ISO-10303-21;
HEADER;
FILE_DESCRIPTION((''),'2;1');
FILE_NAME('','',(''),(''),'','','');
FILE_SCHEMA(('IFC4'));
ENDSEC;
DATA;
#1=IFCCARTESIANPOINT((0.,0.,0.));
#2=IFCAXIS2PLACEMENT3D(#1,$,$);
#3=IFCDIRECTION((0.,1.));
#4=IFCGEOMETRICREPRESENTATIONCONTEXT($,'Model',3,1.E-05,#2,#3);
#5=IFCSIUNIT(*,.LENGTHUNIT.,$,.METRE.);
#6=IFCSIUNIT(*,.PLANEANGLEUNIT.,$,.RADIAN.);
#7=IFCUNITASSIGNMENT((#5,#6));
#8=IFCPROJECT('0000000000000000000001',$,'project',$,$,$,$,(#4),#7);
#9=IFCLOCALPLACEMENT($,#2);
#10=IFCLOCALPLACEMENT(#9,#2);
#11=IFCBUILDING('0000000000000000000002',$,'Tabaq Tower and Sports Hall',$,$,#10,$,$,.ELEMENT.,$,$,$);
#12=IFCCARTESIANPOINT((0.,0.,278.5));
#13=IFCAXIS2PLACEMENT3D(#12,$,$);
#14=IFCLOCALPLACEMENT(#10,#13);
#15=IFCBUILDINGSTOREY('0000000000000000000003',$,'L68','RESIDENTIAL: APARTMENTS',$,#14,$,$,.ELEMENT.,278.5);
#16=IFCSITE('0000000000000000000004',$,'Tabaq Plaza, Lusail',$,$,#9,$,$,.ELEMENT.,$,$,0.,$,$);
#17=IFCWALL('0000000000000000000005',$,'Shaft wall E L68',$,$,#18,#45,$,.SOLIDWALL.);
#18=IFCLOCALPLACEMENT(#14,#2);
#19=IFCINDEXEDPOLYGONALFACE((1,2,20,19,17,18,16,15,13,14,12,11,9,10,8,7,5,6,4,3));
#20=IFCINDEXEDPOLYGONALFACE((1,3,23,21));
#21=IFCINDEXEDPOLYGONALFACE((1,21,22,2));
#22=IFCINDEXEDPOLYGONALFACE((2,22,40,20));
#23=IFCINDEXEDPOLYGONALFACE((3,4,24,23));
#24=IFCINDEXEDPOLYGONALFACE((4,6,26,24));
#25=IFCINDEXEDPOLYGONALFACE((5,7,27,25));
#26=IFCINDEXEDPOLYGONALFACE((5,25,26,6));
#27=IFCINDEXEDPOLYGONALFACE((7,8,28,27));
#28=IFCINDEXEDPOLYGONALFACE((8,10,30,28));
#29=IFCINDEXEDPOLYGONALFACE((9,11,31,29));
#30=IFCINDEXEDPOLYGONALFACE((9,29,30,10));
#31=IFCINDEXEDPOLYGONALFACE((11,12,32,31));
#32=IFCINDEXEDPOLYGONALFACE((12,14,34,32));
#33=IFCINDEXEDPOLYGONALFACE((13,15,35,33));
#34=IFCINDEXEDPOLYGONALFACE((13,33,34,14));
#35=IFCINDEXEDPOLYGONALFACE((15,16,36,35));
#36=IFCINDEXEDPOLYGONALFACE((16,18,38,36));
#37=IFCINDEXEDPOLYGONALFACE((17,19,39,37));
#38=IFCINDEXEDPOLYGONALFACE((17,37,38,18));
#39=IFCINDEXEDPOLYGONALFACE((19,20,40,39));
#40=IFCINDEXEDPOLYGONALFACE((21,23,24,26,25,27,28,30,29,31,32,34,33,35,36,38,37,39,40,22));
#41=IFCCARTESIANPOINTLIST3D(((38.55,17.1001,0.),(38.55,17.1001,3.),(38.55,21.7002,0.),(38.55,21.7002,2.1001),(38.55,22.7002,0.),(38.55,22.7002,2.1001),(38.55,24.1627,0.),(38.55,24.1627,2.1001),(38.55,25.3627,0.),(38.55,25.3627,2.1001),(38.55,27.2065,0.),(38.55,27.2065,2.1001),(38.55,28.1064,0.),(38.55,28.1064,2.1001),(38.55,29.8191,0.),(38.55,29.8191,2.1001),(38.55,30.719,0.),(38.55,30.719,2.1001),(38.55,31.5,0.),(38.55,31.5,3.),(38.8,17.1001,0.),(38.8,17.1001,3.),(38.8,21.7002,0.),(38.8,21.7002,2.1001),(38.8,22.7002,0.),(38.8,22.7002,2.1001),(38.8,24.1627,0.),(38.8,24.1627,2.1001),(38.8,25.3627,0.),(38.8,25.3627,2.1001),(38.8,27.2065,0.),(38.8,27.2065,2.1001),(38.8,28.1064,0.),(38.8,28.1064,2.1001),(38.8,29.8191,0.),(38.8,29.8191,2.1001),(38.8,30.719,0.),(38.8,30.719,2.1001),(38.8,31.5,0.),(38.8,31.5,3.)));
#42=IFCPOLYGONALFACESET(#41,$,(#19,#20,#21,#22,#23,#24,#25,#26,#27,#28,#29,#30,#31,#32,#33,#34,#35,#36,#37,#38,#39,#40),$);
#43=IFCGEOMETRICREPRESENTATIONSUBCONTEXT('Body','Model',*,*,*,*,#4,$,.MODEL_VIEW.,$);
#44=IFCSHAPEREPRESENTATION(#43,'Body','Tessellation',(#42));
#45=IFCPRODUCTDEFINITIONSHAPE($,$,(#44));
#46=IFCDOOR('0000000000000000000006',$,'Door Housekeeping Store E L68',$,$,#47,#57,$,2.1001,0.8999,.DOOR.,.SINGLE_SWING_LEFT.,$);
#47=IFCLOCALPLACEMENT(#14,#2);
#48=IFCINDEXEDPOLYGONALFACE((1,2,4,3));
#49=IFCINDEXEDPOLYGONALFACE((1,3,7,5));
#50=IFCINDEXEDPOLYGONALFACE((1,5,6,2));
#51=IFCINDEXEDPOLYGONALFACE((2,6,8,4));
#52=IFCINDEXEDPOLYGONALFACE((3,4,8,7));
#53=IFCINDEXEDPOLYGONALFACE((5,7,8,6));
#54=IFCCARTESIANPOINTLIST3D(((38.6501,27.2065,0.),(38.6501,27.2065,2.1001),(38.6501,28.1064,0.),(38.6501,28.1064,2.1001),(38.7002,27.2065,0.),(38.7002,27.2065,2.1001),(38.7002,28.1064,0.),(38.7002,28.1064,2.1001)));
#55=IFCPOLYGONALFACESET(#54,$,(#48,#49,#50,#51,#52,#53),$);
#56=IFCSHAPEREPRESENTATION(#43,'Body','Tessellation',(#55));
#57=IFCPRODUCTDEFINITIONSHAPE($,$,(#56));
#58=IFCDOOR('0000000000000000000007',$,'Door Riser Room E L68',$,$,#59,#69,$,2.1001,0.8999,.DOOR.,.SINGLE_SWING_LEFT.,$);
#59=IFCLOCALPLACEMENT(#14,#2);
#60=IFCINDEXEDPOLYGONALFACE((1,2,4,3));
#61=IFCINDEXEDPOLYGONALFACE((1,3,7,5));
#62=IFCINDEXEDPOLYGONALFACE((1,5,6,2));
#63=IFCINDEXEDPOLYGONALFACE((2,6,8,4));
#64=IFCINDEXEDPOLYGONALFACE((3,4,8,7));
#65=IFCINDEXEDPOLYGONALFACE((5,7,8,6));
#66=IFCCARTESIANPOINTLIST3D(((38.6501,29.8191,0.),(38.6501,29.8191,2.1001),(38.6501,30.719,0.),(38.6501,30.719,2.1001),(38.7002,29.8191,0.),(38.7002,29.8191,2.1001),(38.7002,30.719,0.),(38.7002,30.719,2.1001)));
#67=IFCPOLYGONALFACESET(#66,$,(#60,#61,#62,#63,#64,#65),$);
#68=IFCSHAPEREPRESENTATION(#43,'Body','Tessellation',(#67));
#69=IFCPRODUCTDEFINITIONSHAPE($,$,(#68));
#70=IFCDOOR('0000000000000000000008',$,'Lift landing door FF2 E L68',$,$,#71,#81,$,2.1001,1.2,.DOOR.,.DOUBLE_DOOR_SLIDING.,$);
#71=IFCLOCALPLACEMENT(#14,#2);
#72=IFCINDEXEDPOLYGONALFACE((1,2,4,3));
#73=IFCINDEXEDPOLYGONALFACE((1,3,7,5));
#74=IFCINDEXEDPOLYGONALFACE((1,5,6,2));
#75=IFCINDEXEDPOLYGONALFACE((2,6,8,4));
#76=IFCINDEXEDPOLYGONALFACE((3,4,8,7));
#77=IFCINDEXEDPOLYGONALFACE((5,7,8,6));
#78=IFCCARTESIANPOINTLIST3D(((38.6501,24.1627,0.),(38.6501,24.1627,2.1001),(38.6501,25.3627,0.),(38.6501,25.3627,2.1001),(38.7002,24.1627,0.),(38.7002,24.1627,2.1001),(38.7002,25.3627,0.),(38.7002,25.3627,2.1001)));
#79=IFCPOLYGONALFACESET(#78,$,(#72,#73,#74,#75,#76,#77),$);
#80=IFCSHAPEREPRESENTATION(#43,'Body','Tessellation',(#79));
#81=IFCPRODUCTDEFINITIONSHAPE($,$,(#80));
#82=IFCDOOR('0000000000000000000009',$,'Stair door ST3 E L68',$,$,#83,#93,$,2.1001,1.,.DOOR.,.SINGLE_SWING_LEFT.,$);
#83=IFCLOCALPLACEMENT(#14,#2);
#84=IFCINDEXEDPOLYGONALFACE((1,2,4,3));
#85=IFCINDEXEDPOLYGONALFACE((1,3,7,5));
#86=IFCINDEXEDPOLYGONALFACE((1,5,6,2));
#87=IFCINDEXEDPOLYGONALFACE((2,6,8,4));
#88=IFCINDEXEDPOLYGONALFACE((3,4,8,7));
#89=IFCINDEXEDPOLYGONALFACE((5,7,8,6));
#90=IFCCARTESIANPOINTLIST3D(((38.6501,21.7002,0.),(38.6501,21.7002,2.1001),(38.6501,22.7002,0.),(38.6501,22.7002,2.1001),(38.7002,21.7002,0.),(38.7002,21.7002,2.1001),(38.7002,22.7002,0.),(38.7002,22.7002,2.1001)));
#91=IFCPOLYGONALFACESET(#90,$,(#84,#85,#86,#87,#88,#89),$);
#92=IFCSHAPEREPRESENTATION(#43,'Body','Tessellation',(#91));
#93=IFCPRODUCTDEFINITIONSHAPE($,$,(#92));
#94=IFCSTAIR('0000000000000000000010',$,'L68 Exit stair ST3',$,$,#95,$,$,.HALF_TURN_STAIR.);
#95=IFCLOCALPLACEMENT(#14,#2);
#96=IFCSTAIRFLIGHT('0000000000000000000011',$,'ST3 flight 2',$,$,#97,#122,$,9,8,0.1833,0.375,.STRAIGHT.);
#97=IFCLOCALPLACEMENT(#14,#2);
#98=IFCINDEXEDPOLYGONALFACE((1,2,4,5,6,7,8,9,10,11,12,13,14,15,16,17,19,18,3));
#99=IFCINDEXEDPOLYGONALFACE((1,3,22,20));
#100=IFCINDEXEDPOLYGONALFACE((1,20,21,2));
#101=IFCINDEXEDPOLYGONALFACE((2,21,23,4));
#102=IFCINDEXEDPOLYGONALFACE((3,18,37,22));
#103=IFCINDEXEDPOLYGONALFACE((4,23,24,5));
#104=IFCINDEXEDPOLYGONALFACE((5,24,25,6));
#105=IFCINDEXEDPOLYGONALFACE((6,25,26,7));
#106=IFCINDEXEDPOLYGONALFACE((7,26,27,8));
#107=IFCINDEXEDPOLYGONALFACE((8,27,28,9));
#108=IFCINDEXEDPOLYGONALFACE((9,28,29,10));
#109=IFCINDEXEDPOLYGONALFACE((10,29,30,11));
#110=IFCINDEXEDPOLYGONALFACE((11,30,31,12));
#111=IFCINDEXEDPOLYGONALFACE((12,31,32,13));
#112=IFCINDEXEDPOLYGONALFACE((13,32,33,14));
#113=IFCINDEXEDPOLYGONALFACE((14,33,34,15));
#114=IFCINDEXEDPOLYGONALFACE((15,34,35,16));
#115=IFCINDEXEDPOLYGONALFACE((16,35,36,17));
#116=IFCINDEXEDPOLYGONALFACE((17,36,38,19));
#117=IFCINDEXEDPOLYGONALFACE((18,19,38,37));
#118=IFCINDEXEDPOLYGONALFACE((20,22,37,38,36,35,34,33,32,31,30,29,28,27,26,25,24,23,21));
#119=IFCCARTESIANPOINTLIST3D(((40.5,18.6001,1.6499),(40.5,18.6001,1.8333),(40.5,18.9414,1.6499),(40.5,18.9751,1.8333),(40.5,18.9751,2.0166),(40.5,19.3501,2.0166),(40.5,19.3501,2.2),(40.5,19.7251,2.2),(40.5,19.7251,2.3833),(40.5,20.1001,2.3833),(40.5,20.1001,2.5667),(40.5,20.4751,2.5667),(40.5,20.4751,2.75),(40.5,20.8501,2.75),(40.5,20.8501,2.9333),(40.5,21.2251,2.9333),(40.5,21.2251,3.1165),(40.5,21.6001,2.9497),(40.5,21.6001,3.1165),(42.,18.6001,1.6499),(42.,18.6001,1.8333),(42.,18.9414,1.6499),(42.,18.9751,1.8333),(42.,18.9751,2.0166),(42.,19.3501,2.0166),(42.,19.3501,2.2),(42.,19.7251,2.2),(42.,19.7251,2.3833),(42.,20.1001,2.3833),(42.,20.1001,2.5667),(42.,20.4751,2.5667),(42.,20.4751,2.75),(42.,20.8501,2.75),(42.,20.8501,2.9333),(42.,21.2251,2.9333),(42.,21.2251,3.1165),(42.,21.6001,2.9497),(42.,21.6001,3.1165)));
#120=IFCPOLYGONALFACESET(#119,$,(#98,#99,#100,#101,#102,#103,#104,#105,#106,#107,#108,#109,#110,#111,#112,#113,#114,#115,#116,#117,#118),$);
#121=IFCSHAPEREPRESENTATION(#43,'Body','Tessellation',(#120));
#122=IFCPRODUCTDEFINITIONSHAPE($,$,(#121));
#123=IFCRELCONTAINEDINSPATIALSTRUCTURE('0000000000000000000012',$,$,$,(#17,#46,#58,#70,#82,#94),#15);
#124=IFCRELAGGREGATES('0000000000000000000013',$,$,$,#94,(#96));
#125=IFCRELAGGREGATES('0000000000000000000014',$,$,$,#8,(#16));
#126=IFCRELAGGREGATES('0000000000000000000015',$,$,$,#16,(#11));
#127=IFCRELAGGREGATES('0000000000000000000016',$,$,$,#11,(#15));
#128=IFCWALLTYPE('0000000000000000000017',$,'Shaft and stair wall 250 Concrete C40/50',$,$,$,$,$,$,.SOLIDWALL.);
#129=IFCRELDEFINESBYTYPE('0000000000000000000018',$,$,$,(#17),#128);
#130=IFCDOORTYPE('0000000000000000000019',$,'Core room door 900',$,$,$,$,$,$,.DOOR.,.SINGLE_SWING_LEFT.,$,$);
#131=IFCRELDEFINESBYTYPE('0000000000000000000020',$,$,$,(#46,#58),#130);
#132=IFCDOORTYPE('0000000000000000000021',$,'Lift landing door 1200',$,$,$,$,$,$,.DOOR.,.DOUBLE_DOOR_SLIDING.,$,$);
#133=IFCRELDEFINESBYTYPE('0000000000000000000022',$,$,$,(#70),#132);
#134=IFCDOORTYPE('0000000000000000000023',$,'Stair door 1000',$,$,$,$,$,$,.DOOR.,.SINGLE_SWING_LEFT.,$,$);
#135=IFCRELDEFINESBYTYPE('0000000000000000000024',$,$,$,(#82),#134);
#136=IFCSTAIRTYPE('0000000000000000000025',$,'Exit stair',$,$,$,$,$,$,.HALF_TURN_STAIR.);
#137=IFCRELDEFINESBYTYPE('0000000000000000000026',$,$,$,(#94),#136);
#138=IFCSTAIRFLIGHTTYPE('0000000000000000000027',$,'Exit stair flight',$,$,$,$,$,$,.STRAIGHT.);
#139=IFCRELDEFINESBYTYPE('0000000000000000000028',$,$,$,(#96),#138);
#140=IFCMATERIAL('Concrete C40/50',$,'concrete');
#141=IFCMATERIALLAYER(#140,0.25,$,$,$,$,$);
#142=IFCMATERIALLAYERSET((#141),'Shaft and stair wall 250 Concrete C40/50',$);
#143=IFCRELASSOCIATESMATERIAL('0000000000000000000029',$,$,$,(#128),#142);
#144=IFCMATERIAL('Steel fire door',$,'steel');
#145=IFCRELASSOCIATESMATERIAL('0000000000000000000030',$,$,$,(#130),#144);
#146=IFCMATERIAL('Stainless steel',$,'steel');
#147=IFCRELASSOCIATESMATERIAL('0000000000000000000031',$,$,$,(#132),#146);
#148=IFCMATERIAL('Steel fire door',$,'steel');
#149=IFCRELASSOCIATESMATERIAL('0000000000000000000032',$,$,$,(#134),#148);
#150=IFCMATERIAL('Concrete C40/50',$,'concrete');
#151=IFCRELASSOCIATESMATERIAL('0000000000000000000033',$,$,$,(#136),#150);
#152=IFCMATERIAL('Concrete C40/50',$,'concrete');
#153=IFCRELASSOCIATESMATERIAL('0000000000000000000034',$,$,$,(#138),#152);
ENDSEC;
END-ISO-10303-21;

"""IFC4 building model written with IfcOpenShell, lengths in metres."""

from ifc_helpers import new_model, si_unit, direction, frame, frame_2d, origin, place, context, subcontext, project, spatial, polyline, rectangle, outline, extrude, material, layer, layer_set, type_object, element, fill, aggregate, save


model = new_model("IFC4")

# Units and contexts
model_context = context("Model", 3, precision=1e-05, world=origin(), true_north=direction((0.0, 1.0)))
body_context = subcontext(model_context, "Body", "Model", "MODEL_VIEW")
ifc_project = project(units=[si_unit("LENGTHUNIT", "METRE"), si_unit("PLANEANGLEUNIT", "RADIAN")], contexts=[model_context])

# Site, building, storey
site_placement = place(None, origin())
site = spatial("IfcSite", under=ifc_project, at=site_placement, Name="Tabaq Plaza, Lusail", CompositionType="ELEMENT", RefElevation=0.0)
building_placement = place(site_placement, origin())
building = spatial("IfcBuilding", under=site, at=building_placement, Name="Tabaq Tower and Sports Hall", CompositionType="ELEMENT")
storey_placement = place(building_placement, frame((0.0, 0.0, 278.5)))
storey = spatial("IfcBuildingStorey", under=building, at=storey_placement, Name="L68", Description="RESIDENTIAL: APARTMENTS", CompositionType="ELEMENT", Elevation=278.5)

# Wall, openings, doors
ifc_material_1 = material(Name="Concrete C40/50", Category="concrete")
ifc_layer_1 = layer(ifc_material_1, 0.25)
ifc_layer_set_1 = layer_set([ifc_layer_1], Name="Shaft and stair wall 250 Concrete C40/50")
wall_type_1 = type_object("IfcWallType", Name="Shaft and stair wall 250 Concrete C40/50", PredefinedType="SOLIDWALL", material=ifc_layer_set_1)
wall_1_placement = place(storey_placement, frame((38.675, 17.1001, 0.0), z_axis=(0.0, 0.0, 1.0), x_axis=(0.0, 1.0, 0.0)))
wall_1 = element("IfcWall", 1, at=wall_1_placement, inside=storey, type_object=wall_type_1, Name="Shaft wall E L68", PredefinedType="SOLIDWALL", context=body_context, shape_type="SweptSolid", body=[
    extrude(rectangle(XDim=14.3999, YDim=0.25, at=frame_2d((7.2, 0.0))), origin(), (0.0, 0.0, 1.0), 3.0),
])
opening_1_placement = place(wall_1_placement, frame((4.6001, 0.0, 0.0)))
opening_1 = element("IfcOpeningElement", 2, at=opening_1_placement, cuts=wall_1, PredefinedType="OPENING", context=body_context, shape_type="SweptSolid", body=[
    extrude(rectangle(XDim=1.0, YDim=2.1001, at=frame_2d((0.5, 1.05))), frame((0.0, 0.125, 0.0), z_axis=(0.0, -1.0, 0.0), x_axis=(1.0, 0.0, 0.0)), (0.0, 0.0, 1.0), 0.25),
])
opening_2_placement = place(wall_1_placement, frame((7.0625, 0.0, 0.0)))
opening_2 = element("IfcOpeningElement", 3, at=opening_2_placement, cuts=wall_1, PredefinedType="OPENING", context=body_context, shape_type="SweptSolid", body=[
    extrude(rectangle(XDim=1.2, YDim=2.1001, at=frame_2d((0.6001, 1.05))), frame((0.0, 0.125, 0.0), z_axis=(0.0, -1.0, 0.0), x_axis=(1.0, 0.0, 0.0)), (0.0, 0.0, 1.0), 0.25),
])
opening_3_placement = place(wall_1_placement, frame((10.1064, 0.0, 0.0)))
opening_3 = element("IfcOpeningElement", 4, at=opening_3_placement, cuts=wall_1, PredefinedType="OPENING", context=body_context, shape_type="SweptSolid", body=[
    extrude(rectangle(XDim=0.8999, YDim=2.1001, at=frame_2d((0.45, 1.05))), frame((0.0, 0.125, 0.0), z_axis=(0.0, -1.0, 0.0), x_axis=(1.0, 0.0, 0.0)), (0.0, 0.0, 1.0), 0.25),
])
opening_4_placement = place(wall_1_placement, frame((12.719, 0.0, 0.0)))
opening_4 = element("IfcOpeningElement", 5, at=opening_4_placement, cuts=wall_1, PredefinedType="OPENING", context=body_context, shape_type="SweptSolid", body=[
    extrude(rectangle(XDim=0.8999, YDim=2.1001, at=frame_2d((0.45, 1.05))), frame((0.0, 0.125, 0.0), z_axis=(0.0, -1.0, 0.0), x_axis=(1.0, 0.0, 0.0)), (0.0, 0.0, 1.0), 0.25),
])
ifc_material_2 = material(Name="Steel fire door", Category="steel")
door_type_1 = type_object("IfcDoorType", Name="Core room door 900", OperationType="SINGLE_SWING_LEFT", PredefinedType="DOOR", material=ifc_material_2)
door_1_placement = place(opening_3_placement, origin())
door_1 = element("IfcDoor", 6, at=door_1_placement, inside=storey, type_object=door_type_1, Name="Door Housekeeping Store E L68", OperationType="SINGLE_SWING_LEFT", OverallHeight=2.1001, OverallWidth=0.8999, PredefinedType="DOOR", context=body_context, shape_type="SweptSolid", body=[
    extrude(rectangle(XDim=0.8999, YDim=2.1001, at=frame_2d((0.45, 1.05))), frame((0.0, 0.0249, 0.0), z_axis=(0.0, -1.0, 0.0), x_axis=(1.0, 0.0, 0.0)), (0.0, 0.0, 1.0), 0.05),
])
fill(opening_3, door_1)
door_2_placement = place(opening_4_placement, origin())
door_2 = element("IfcDoor", 7, at=door_2_placement, inside=storey, type_object=door_type_1, Name="Door Riser Room E L68", OperationType="SINGLE_SWING_LEFT", OverallHeight=2.1001, OverallWidth=0.8999, PredefinedType="DOOR", context=body_context, shape_type="SweptSolid", body=[
    extrude(rectangle(XDim=0.8999, YDim=2.1001, at=frame_2d((0.45, 1.05))), frame((0.0, 0.0249, 0.0), z_axis=(0.0, -1.0, 0.0), x_axis=(1.0, 0.0, 0.0)), (0.0, 0.0, 1.0), 0.05),
])
fill(opening_4, door_2)
ifc_material_3 = material(Name="Stainless steel", Category="steel")
door_type_2 = type_object("IfcDoorType", Name="Lift landing door 1200", OperationType="DOUBLE_DOOR_SLIDING", PredefinedType="DOOR", material=ifc_material_3)
door_3_placement = place(opening_2_placement, origin())
door_3 = element("IfcDoor", 8, at=door_3_placement, inside=storey, type_object=door_type_2, Name="Lift landing door FF2 E L68", OperationType="DOUBLE_DOOR_SLIDING", OverallHeight=2.1001, OverallWidth=1.2, PredefinedType="DOOR", context=body_context, shape_type="SweptSolid", body=[
    extrude(rectangle(XDim=1.2, YDim=2.1001, at=frame_2d((0.6001, 1.05))), frame((0.0, 0.0249, 0.0), z_axis=(0.0, -1.0, 0.0), x_axis=(1.0, 0.0, 0.0)), (0.0, 0.0, 1.0), 0.05),
])
fill(opening_2, door_3)
ifc_material_4 = material(Name="Steel fire door", Category="steel")
door_type_3 = type_object("IfcDoorType", Name="Stair door 1000", OperationType="SINGLE_SWING_LEFT", PredefinedType="DOOR", material=ifc_material_4)
door_4_placement = place(opening_1_placement, origin())
door_4 = element("IfcDoor", 9, at=door_4_placement, inside=storey, type_object=door_type_3, Name="Stair door ST3 E L68", OperationType="SINGLE_SWING_LEFT", OverallHeight=2.1001, OverallWidth=1.0, PredefinedType="DOOR", context=body_context, shape_type="SweptSolid", body=[
    extrude(rectangle(XDim=1.0, YDim=2.1001, at=frame_2d((0.5, 1.05))), frame((0.0, 0.0249, 0.0), z_axis=(0.0, -1.0, 0.0), x_axis=(1.0, 0.0, 0.0)), (0.0, 0.0, 1.0), 0.05),
])
fill(opening_1, door_4)

# Stair, stair flight
ifc_material_5 = material(Name="Concrete C40/50", Category="concrete")
stair_type = type_object("IfcStairType", Name="Exit stair", PredefinedType="HALF_TURN_STAIR", material=ifc_material_5)
stair_placement = place(storey_placement, origin())
stair = element("IfcStair", 10, at=stair_placement, inside=storey, type_object=stair_type, Name="L68 Exit stair ST3", PredefinedType="HALF_TURN_STAIR")
ifc_material_6 = material(Name="Concrete C40/50", Category="concrete")
stair_flight_type = type_object("IfcStairFlightType", Name="Exit stair flight", PredefinedType="STRAIGHT", material=ifc_material_6)
stair_flight_placement = place(storey_placement, frame((41.25, 18.6001, 1.6499), z_axis=(0.0, 0.0, 1.0), x_axis=(0.0, 1.0, 0.0)))
stair_flight = element("IfcStairFlight", 11, at=stair_flight_placement, type_object=stair_flight_type, Name="ST3 flight 2", NumberOfRisers=9, NumberOfTreads=8, PredefinedType="STRAIGHT", RiserHeight=0.1833, TreadLength=0.375, context=body_context, shape_type="SweptSolid", body=[
    extrude(outline(polyline([(0.0, 0.0), (0.0, 0.1833), (0.375, 0.1833), (0.375, 0.3667), (0.75, 0.3667), (0.75, 0.55), (1.125, 0.55), (1.125, 0.7334), (1.5, 0.7334), (1.5, 0.9167), (1.875, 0.9167), (1.875, 1.1001), (2.25, 1.1001), (2.25, 1.2834), (2.625, 1.2834), (2.625, 1.4666), (3.0, 1.4666), (3.0, 1.6499), (3.0, 1.2998), (0.3413, 0.0), (0.0, 0.0)])), frame((0.0, 0.75, 0.0), z_axis=(0.0, -1.0, 0.0), x_axis=(1.0, 0.0, 0.0)), (0.0, 0.0, 1.0), 1.5),
])
aggregate(stair, [stair_flight])

save(model, "model.ifc")
